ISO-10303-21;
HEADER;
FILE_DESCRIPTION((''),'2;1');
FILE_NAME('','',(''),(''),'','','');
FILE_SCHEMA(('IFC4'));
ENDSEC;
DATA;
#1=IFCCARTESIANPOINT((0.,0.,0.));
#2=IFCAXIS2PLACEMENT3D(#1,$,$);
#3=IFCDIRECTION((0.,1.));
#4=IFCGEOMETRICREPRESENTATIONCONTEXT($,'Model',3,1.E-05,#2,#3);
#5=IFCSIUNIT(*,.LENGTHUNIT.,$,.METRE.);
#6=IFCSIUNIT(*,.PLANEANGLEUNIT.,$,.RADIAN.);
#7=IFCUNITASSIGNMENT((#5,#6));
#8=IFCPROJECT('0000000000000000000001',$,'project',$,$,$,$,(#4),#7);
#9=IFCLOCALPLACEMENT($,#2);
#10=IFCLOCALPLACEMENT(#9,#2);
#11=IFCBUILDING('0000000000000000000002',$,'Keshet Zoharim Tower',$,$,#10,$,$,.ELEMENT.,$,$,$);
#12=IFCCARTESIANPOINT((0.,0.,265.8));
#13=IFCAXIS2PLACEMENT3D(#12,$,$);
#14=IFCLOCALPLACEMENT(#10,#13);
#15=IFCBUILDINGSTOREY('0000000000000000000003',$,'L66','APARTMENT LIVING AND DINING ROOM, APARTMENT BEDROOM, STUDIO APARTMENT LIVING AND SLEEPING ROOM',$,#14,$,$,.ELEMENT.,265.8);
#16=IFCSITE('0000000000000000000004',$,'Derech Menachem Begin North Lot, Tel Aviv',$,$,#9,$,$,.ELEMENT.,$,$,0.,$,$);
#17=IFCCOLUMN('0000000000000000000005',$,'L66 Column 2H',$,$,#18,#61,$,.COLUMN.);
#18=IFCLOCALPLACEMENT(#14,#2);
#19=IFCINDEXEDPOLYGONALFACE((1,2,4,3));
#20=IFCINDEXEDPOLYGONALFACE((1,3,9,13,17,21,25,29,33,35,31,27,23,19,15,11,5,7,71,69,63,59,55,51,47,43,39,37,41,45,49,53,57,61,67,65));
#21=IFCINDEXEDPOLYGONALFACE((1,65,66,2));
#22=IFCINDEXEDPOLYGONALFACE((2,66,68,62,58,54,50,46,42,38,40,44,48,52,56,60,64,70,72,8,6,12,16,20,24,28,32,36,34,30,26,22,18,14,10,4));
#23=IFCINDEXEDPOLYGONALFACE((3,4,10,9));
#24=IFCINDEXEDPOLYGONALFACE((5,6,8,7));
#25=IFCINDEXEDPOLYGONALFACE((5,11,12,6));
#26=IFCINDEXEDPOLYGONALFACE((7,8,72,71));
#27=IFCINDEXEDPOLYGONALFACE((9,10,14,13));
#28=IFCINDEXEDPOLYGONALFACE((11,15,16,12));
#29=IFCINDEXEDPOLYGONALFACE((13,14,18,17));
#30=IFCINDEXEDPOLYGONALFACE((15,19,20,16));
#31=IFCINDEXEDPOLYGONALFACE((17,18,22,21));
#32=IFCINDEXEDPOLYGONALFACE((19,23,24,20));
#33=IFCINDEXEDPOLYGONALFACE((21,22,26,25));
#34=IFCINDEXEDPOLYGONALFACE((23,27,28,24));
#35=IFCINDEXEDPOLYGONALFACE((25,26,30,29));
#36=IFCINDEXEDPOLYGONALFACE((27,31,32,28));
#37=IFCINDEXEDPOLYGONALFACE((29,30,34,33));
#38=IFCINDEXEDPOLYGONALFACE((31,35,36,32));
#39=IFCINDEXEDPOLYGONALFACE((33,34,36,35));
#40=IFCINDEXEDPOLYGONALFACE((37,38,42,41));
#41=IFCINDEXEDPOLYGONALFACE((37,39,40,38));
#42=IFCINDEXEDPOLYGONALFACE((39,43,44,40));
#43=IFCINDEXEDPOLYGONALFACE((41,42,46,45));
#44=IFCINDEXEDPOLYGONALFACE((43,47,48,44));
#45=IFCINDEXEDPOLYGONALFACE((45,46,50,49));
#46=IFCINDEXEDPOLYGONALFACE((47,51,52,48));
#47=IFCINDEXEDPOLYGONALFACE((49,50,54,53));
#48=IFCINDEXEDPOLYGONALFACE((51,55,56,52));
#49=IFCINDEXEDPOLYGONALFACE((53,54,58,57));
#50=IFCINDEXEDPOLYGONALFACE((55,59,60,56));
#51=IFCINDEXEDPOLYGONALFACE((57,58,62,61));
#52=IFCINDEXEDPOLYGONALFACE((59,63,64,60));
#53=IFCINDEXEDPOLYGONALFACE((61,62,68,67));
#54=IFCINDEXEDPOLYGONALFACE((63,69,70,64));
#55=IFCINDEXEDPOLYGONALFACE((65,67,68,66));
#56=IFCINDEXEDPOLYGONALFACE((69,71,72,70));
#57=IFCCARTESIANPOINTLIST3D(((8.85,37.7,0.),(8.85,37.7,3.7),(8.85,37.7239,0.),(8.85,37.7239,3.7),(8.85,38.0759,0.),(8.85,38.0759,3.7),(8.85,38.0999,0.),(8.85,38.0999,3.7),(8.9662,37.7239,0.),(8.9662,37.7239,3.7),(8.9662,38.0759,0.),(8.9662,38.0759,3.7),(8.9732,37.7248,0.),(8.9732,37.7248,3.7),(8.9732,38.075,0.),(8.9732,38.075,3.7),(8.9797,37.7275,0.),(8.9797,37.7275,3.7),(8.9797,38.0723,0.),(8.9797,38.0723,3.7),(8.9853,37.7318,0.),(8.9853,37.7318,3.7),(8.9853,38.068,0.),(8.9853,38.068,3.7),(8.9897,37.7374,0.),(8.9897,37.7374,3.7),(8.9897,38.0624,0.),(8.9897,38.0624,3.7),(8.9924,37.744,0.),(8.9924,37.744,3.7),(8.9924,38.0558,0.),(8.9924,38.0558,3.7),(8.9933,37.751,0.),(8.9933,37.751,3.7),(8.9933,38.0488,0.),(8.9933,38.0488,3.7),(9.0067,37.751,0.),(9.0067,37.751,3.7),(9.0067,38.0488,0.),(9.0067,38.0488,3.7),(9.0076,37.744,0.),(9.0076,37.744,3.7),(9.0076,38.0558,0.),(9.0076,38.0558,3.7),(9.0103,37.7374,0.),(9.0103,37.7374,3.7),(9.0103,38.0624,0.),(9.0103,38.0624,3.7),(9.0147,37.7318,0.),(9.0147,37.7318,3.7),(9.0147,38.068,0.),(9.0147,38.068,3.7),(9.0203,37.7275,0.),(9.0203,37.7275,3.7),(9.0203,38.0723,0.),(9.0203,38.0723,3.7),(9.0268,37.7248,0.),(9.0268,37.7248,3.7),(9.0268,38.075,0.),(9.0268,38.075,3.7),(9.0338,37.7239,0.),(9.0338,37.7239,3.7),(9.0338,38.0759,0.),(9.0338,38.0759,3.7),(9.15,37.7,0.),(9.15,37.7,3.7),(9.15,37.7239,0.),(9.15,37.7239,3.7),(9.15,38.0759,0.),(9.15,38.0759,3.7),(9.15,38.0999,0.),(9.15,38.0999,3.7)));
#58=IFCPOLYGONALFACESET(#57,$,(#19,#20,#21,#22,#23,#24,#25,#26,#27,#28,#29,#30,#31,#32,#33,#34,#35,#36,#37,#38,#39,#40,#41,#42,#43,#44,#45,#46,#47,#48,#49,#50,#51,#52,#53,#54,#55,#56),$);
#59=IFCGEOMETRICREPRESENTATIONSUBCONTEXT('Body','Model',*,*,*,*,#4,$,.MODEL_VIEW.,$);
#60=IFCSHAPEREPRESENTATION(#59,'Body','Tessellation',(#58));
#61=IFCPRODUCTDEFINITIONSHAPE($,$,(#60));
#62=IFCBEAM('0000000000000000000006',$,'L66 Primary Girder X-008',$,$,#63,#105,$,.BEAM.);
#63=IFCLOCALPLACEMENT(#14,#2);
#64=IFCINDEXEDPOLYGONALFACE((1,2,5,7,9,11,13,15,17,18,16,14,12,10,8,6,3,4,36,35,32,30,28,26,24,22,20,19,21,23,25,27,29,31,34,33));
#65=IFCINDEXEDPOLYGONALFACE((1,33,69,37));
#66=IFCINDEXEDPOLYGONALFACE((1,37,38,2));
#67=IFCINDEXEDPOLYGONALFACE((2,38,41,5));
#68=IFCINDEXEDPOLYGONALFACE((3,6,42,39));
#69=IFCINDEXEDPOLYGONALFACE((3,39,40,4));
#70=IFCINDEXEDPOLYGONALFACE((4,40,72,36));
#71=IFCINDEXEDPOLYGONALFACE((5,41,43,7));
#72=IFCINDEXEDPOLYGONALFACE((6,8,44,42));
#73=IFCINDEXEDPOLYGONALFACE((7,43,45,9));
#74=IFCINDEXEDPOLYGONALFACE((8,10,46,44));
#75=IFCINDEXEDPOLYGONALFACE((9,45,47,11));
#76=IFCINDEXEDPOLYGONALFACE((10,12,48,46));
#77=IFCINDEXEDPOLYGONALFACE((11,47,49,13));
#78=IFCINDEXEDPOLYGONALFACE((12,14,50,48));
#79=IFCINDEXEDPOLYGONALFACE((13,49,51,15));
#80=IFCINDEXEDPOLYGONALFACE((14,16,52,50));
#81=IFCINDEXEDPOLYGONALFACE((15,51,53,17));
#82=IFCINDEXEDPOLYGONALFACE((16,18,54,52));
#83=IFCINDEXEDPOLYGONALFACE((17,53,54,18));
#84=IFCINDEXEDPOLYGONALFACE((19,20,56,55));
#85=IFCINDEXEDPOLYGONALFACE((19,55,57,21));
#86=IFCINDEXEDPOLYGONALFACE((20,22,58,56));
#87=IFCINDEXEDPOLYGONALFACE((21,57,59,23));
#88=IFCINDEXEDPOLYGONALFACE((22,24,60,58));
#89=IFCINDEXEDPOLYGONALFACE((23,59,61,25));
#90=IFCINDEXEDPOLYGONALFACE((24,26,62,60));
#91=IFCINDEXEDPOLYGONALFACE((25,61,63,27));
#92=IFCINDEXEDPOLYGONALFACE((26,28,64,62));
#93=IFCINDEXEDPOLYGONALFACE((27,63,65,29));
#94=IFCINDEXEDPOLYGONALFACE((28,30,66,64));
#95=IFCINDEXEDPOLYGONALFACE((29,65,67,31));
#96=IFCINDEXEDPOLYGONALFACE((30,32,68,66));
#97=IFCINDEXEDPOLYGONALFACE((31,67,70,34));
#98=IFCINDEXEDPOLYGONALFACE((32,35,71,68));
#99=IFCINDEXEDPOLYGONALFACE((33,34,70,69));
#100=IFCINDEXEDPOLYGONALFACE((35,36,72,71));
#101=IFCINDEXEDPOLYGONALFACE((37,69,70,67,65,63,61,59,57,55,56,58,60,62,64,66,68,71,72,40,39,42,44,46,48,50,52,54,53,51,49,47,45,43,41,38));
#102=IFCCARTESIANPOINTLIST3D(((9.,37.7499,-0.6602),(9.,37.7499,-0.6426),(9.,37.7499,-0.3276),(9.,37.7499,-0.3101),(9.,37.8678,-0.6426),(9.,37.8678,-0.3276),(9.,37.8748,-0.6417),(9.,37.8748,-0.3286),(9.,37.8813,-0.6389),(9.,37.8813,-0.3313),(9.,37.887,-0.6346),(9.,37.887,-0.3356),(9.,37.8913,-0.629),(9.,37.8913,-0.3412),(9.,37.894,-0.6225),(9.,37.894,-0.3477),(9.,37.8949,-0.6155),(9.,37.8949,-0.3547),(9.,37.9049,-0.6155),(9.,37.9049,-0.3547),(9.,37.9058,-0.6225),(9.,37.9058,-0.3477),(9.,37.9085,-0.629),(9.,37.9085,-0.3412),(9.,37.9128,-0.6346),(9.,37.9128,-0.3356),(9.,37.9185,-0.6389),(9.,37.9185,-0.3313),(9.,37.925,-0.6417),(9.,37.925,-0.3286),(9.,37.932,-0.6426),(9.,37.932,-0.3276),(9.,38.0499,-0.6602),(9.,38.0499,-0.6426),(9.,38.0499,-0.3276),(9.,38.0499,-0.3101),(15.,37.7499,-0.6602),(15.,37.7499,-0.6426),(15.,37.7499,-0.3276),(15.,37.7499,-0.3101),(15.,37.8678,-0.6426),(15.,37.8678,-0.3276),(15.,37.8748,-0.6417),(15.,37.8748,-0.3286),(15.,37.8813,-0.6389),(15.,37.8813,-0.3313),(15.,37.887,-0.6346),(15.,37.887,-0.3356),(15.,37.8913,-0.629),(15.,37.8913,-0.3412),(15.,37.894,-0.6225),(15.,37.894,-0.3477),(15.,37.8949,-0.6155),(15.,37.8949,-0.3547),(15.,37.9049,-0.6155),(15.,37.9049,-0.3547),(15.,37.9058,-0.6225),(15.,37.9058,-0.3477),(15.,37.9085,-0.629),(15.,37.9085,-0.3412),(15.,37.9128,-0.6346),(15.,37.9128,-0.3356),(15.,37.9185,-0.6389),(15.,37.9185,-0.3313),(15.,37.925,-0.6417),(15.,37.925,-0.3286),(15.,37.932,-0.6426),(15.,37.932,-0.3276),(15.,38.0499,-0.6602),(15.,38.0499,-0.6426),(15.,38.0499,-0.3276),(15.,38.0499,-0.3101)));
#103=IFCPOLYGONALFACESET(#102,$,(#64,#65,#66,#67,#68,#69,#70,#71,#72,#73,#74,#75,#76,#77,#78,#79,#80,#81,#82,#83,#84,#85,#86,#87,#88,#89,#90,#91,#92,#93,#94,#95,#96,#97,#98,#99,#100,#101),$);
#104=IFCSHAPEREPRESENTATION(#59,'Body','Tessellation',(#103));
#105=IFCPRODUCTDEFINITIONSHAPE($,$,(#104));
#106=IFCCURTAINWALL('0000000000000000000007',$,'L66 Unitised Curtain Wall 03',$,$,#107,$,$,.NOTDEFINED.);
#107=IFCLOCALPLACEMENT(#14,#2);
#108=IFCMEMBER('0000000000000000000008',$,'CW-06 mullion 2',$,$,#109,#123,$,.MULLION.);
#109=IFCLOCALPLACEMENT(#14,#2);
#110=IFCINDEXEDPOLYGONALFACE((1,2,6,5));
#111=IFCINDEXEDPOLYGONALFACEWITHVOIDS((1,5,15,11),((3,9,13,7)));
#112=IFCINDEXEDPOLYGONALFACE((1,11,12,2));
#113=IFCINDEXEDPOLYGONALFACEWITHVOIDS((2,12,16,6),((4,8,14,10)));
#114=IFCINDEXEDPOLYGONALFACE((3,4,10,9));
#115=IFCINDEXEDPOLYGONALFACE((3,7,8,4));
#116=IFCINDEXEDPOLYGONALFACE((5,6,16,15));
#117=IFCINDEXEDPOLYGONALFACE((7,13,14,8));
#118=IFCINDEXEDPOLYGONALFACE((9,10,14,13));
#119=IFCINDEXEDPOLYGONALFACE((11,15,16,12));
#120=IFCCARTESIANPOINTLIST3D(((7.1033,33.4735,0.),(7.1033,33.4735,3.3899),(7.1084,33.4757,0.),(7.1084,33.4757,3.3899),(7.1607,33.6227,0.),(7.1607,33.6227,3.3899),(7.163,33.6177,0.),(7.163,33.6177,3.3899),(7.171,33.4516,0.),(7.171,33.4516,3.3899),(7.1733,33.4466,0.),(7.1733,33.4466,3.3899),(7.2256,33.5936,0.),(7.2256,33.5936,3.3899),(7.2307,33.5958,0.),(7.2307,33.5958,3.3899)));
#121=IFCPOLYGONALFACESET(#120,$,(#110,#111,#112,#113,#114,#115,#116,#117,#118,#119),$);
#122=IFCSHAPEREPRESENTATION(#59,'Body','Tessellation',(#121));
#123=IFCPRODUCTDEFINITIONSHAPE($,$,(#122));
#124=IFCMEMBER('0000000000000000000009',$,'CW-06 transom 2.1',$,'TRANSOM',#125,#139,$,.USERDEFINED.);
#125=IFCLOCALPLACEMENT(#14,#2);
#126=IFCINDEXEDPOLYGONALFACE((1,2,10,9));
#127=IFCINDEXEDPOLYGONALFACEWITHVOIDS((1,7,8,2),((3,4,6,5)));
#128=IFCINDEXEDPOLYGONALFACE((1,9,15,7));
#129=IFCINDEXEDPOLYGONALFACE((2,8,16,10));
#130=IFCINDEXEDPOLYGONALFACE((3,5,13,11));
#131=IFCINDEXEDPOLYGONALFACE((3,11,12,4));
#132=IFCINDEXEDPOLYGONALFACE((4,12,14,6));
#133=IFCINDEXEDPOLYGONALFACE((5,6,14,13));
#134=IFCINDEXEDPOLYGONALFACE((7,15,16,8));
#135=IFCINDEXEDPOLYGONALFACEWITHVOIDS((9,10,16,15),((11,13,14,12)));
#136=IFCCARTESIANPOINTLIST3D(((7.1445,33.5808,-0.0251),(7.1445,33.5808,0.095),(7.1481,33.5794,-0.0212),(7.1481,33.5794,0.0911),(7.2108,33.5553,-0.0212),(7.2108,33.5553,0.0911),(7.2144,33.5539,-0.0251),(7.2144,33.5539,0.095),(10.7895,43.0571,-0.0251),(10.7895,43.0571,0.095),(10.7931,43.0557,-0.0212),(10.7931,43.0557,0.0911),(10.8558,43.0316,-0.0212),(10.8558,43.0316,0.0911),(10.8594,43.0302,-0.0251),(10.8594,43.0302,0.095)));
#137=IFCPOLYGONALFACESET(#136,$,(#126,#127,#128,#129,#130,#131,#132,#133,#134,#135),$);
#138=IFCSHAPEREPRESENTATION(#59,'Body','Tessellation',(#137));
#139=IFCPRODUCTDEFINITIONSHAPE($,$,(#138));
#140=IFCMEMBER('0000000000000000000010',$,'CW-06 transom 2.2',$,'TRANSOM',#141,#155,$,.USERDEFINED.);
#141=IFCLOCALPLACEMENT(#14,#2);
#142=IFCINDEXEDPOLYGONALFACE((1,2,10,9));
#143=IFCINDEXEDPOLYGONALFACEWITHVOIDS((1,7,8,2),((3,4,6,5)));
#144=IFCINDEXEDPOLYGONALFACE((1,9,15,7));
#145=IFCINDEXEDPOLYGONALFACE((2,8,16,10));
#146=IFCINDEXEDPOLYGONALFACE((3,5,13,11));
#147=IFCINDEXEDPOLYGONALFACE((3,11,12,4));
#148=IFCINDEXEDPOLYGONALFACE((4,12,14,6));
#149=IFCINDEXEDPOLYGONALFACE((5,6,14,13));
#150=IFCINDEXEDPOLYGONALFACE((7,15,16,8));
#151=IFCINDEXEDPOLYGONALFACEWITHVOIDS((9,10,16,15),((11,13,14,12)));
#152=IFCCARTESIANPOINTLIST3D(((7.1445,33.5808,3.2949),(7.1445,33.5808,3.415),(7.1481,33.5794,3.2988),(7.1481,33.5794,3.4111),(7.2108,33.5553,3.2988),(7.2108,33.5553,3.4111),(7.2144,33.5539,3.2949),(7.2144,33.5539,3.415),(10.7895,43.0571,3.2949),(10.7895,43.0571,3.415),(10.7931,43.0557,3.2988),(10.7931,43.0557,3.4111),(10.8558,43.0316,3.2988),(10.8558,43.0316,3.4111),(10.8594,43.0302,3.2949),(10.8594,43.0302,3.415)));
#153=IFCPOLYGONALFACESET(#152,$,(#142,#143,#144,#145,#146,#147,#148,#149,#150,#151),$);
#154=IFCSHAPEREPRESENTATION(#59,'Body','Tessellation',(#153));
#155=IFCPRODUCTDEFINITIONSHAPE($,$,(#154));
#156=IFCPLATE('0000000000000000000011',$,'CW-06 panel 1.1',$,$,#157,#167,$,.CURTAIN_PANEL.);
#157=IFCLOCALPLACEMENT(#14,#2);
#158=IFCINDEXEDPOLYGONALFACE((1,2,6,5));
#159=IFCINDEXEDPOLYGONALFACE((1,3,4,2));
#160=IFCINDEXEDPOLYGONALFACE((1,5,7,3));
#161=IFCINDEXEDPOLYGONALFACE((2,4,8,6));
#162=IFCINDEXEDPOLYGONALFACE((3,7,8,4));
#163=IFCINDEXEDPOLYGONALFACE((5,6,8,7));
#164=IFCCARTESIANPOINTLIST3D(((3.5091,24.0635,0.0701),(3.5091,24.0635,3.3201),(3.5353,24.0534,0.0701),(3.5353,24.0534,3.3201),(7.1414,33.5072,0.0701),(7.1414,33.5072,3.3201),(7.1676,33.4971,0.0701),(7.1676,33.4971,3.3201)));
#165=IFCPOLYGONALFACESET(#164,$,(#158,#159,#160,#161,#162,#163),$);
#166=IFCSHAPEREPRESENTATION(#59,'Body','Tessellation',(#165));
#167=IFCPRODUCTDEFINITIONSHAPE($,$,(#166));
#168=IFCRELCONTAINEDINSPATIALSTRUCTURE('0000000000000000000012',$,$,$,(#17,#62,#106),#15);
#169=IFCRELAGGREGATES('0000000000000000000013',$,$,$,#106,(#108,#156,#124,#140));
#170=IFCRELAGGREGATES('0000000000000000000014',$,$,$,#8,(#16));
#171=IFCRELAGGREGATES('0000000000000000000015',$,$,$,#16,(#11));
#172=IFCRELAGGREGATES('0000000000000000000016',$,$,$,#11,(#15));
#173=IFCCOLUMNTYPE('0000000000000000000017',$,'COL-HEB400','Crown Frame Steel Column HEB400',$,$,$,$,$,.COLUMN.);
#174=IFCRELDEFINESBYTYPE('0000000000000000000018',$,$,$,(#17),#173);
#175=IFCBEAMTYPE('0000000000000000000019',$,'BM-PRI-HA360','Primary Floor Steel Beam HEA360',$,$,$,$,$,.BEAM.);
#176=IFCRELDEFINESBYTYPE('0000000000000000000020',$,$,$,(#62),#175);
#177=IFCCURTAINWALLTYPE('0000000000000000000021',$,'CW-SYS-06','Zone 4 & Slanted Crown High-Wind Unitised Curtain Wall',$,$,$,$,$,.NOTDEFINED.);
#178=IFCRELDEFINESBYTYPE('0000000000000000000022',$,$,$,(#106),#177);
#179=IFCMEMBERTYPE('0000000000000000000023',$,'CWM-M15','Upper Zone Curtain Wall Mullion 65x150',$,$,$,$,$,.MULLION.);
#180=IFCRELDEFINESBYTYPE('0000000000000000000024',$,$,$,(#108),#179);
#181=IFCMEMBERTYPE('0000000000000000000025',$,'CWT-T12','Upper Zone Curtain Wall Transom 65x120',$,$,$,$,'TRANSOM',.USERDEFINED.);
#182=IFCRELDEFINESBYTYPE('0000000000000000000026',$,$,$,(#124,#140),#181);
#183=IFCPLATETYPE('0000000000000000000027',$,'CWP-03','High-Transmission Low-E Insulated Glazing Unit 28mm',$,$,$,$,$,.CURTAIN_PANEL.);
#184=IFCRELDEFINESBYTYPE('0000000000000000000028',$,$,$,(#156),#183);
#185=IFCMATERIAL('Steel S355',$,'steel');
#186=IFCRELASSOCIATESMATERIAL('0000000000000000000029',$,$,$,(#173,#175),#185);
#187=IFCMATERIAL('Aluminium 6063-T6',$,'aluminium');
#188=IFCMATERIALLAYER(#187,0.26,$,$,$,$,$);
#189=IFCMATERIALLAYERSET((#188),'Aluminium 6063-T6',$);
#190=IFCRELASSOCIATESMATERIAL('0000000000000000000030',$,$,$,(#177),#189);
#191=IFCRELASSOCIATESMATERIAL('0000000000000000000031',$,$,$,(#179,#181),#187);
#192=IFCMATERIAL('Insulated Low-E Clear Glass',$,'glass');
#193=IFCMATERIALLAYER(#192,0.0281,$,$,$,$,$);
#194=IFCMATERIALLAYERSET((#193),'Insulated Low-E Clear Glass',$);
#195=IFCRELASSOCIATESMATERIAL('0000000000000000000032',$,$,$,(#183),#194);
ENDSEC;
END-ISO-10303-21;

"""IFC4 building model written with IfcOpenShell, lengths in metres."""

from ifc_helpers import new_model, si_unit, direction, frame, origin, origin_2d, place, context, subcontext, project, spatial, rectangle, hollow_rectangle, i_section, extrude, material, layer, layer_set, material_profile, profile_set, type_object, element, aggregate, save


model = new_model("IFC4")

# Units and contexts
model_context = context("Model", 3, precision=1e-05, world=origin(), true_north=direction((0.0, 1.0)))
body_context = subcontext(model_context, "Body", "Model", "MODEL_VIEW")
ifc_project = project(units=[si_unit("LENGTHUNIT", "METRE"), si_unit("PLANEANGLEUNIT", "RADIAN")], contexts=[model_context])

# Site, building, storey
site_placement = place(None, origin())
site = spatial("IfcSite", under=ifc_project, at=site_placement, Name="Derech Menachem Begin North Lot, Tel Aviv", CompositionType="ELEMENT", RefElevation=0.0)
building_placement = place(site_placement, origin())
building = spatial("IfcBuilding", under=site, at=building_placement, Name="Keshet Zoharim Tower", CompositionType="ELEMENT")
storey_placement = place(building_placement, frame((0.0, 0.0, 265.8)))
storey = spatial("IfcBuildingStorey", under=building, at=storey_placement, Name="L66", Description="APARTMENT LIVING AND DINING ROOM, APARTMENT BEDROOM, STUDIO APARTMENT LIVING AND SLEEPING ROOM", CompositionType="ELEMENT", Elevation=265.8)

# Column
ifc_material_1 = material(Name="Steel S355", Category="steel")
ifc_material_profile_1 = material_profile(ifc_material_1, i_section(OverallWidth=0.3, OverallDepth=0.3999, WebThickness=0.0134, FlangeThickness=0.0239, FilletRadius=0.0271, at=origin_2d()), Name="HEB400")
ifc_profile_set_1 = profile_set([ifc_material_profile_1], Name="Steel S355")
column_type = type_object("IfcColumnType", Name="COL-HEB400", Description="Crown Frame Steel Column HEB400", PredefinedType="COLUMN", material=ifc_profile_set_1)
column_placement = place(storey_placement, frame((9.0, 37.8999, 0.0), z_axis=(0.0, 0.0, 1.0), x_axis=(1.0, 0.0, 0.0)))
element("IfcColumn", 1, at=column_placement, inside=storey, type_object=column_type, Name="L66 Column 2H", PredefinedType="COLUMN", context=body_context, shape_type="SweptSolid", body=[
    extrude(i_section(OverallWidth=0.3, OverallDepth=0.3999, WebThickness=0.0134, FlangeThickness=0.0239, FilletRadius=0.0271, at=origin_2d()), origin(), (0.0, 0.0, 1.0), 3.7),
])

# Beam
ifc_material_profile_2 = material_profile(ifc_material_1, i_section(OverallWidth=0.3, OverallDepth=0.3501, WebThickness=0.01, FlangeThickness=0.0176, FilletRadius=0.0271, at=origin_2d()), Name="HEA360")
ifc_profile_set_2 = profile_set([ifc_material_profile_2], Name="Steel S355")
beam_type = type_object("IfcBeamType", Name="BM-PRI-HA360", Description="Primary Floor Steel Beam HEA360", PredefinedType="BEAM", material=ifc_profile_set_2)
beam_placement = place(storey_placement, frame((9.0, 37.8999, -0.4851), z_axis=(1.0, 0.0, 0.0), x_axis=(0.0, 1.0, 0.0)))
element("IfcBeam", 2, at=beam_placement, inside=storey, type_object=beam_type, Name="L66 Primary Girder X-008", PredefinedType="BEAM", context=body_context, shape_type="SweptSolid", body=[
    extrude(i_section(OverallWidth=0.3, OverallDepth=0.3501, WebThickness=0.01, FlangeThickness=0.0176, FilletRadius=0.0271, at=origin_2d()), origin(), (0.0, 0.0, 1.0), 6.0),
])

# Curtain wall, members, plate
ifc_material_2 = material(Name="Aluminium 6063-T6", Category="aluminium")
ifc_layer_1 = layer(ifc_material_2, 0.26)
ifc_layer_set_1 = layer_set([ifc_layer_1], Name="Aluminium 6063-T6")
curtain_wall_type = type_object("IfcCurtainWallType", Name="CW-SYS-06", Description="Zone 4 & Slanted Crown High-Wind Unitised Curtain Wall", PredefinedType="NOTDEFINED", material=ifc_layer_set_1)
curtain_wall_placement = place(storey_placement, origin())
curtain_wall = element("IfcCurtainWall", 3, at=curtain_wall_placement, inside=storey, type_object=curtain_wall_type, Name="L66 Unitised Curtain Wall 03", PredefinedType="NOTDEFINED")
ifc_material_profile_3 = material_profile(ifc_material_2, hollow_rectangle(XDim=0.075, YDim=0.1599, WallThickness=0.0039, at=origin_2d()), Name="MUL-75x160")
ifc_profile_set_3 = profile_set([ifc_material_profile_3], Name="Aluminium 6063-T6")
member_type_1 = type_object("IfcMemberType", Name="CWM-M15", Description="Upper Zone Curtain Wall Mullion 65x150", PredefinedType="MULLION", material=ifc_profile_set_3)
member_1_placement = place(storey_placement, frame((7.167, 33.5347, 0.0), z_axis=(0.0, 0.0, 1.0), x_axis=(-0.933341, 0.35899, 0.0)))
member_1 = element("IfcMember", 4, at=member_1_placement, type_object=member_type_1, Name="CW-06 mullion 2", PredefinedType="MULLION", context=body_context, shape_type="SweptSolid", body=[
    extrude(hollow_rectangle(XDim=0.075, YDim=0.1599, WallThickness=0.0039, at=origin_2d()), origin(), (0.0, 0.0, 1.0), 3.3899),
])
ifc_material_profile_4 = material_profile(ifc_material_2, hollow_rectangle(XDim=0.075, YDim=0.1201, WallThickness=0.0039, at=origin_2d()), Name="TRN-75x120")
ifc_profile_set_4 = profile_set([ifc_material_profile_4], Name="Aluminium 6063-T6")
member_type_2 = type_object("IfcMemberType", Name="CWT-T12", Description="Upper Zone Curtain Wall Transom 65x120", ElementType="TRANSOM", PredefinedType="USERDEFINED", material=ifc_profile_set_4)
member_2_placement = place(storey_placement, frame((7.1794, 33.5674, 0.0349), z_axis=(0.359003, 0.933336, 0.0), x_axis=(-0.933336, 0.359003, 0.0)))
member_2 = element("IfcMember", 5, at=member_2_placement, type_object=member_type_2, Name="CW-06 transom 2.1", ObjectType="TRANSOM", PredefinedType="USERDEFINED", context=body_context, shape_type="SweptSolid", body=[
    extrude(hollow_rectangle(XDim=0.075, YDim=0.1201, WallThickness=0.0039, at=origin_2d()), origin(), (0.0, 0.0, 1.0), 10.1531),
])
member_3_placement = place(storey_placement, frame((7.1794, 33.5674, 3.355), z_axis=(0.359003, 0.933336, 0.0), x_axis=(-0.933336, 0.359003, 0.0)))
member_3 = element("IfcMember", 6, at=member_3_placement, type_object=member_type_2, Name="CW-06 transom 2.2", ObjectType="TRANSOM", PredefinedType="USERDEFINED", context=body_context, shape_type="SweptSolid", body=[
    extrude(hollow_rectangle(XDim=0.075, YDim=0.1201, WallThickness=0.0039, at=origin_2d()), origin(), (0.0, 0.0, 1.0), 10.1531),
])
ifc_material_3 = material(Name="Insulated Low-E Clear Glass", Category="glass")
ifc_layer_2 = layer(ifc_material_3, 0.0281)
ifc_layer_set_2 = layer_set([ifc_layer_2], Name="Insulated Low-E Clear Glass")
plate_type = type_object("IfcPlateType", Name="CWP-03", Description="High-Transmission Low-E Insulated Glazing Unit 28mm", PredefinedType="CURTAIN_PANEL", material=ifc_layer_set_2)
plate_placement = place(storey_placement, frame((5.3384, 28.7803, 0.0701), z_axis=(0.0, 0.0, 1.0), x_axis=(0.35899, 0.933341, 0.0)))
plate = element("IfcPlate", 7, at=plate_placement, type_object=plate_type, Name="CW-06 panel 1.1", PredefinedType="CURTAIN_PANEL", context=body_context, shape_type="SweptSolid", body=[
    extrude(rectangle(XDim=10.1182, YDim=0.0281, at=origin_2d()), origin(), (0.0, 0.0, 1.0), 3.25),
])
aggregate(curtain_wall, [member_1, plate, member_2, member_3])

save(model, "model.ifc")
